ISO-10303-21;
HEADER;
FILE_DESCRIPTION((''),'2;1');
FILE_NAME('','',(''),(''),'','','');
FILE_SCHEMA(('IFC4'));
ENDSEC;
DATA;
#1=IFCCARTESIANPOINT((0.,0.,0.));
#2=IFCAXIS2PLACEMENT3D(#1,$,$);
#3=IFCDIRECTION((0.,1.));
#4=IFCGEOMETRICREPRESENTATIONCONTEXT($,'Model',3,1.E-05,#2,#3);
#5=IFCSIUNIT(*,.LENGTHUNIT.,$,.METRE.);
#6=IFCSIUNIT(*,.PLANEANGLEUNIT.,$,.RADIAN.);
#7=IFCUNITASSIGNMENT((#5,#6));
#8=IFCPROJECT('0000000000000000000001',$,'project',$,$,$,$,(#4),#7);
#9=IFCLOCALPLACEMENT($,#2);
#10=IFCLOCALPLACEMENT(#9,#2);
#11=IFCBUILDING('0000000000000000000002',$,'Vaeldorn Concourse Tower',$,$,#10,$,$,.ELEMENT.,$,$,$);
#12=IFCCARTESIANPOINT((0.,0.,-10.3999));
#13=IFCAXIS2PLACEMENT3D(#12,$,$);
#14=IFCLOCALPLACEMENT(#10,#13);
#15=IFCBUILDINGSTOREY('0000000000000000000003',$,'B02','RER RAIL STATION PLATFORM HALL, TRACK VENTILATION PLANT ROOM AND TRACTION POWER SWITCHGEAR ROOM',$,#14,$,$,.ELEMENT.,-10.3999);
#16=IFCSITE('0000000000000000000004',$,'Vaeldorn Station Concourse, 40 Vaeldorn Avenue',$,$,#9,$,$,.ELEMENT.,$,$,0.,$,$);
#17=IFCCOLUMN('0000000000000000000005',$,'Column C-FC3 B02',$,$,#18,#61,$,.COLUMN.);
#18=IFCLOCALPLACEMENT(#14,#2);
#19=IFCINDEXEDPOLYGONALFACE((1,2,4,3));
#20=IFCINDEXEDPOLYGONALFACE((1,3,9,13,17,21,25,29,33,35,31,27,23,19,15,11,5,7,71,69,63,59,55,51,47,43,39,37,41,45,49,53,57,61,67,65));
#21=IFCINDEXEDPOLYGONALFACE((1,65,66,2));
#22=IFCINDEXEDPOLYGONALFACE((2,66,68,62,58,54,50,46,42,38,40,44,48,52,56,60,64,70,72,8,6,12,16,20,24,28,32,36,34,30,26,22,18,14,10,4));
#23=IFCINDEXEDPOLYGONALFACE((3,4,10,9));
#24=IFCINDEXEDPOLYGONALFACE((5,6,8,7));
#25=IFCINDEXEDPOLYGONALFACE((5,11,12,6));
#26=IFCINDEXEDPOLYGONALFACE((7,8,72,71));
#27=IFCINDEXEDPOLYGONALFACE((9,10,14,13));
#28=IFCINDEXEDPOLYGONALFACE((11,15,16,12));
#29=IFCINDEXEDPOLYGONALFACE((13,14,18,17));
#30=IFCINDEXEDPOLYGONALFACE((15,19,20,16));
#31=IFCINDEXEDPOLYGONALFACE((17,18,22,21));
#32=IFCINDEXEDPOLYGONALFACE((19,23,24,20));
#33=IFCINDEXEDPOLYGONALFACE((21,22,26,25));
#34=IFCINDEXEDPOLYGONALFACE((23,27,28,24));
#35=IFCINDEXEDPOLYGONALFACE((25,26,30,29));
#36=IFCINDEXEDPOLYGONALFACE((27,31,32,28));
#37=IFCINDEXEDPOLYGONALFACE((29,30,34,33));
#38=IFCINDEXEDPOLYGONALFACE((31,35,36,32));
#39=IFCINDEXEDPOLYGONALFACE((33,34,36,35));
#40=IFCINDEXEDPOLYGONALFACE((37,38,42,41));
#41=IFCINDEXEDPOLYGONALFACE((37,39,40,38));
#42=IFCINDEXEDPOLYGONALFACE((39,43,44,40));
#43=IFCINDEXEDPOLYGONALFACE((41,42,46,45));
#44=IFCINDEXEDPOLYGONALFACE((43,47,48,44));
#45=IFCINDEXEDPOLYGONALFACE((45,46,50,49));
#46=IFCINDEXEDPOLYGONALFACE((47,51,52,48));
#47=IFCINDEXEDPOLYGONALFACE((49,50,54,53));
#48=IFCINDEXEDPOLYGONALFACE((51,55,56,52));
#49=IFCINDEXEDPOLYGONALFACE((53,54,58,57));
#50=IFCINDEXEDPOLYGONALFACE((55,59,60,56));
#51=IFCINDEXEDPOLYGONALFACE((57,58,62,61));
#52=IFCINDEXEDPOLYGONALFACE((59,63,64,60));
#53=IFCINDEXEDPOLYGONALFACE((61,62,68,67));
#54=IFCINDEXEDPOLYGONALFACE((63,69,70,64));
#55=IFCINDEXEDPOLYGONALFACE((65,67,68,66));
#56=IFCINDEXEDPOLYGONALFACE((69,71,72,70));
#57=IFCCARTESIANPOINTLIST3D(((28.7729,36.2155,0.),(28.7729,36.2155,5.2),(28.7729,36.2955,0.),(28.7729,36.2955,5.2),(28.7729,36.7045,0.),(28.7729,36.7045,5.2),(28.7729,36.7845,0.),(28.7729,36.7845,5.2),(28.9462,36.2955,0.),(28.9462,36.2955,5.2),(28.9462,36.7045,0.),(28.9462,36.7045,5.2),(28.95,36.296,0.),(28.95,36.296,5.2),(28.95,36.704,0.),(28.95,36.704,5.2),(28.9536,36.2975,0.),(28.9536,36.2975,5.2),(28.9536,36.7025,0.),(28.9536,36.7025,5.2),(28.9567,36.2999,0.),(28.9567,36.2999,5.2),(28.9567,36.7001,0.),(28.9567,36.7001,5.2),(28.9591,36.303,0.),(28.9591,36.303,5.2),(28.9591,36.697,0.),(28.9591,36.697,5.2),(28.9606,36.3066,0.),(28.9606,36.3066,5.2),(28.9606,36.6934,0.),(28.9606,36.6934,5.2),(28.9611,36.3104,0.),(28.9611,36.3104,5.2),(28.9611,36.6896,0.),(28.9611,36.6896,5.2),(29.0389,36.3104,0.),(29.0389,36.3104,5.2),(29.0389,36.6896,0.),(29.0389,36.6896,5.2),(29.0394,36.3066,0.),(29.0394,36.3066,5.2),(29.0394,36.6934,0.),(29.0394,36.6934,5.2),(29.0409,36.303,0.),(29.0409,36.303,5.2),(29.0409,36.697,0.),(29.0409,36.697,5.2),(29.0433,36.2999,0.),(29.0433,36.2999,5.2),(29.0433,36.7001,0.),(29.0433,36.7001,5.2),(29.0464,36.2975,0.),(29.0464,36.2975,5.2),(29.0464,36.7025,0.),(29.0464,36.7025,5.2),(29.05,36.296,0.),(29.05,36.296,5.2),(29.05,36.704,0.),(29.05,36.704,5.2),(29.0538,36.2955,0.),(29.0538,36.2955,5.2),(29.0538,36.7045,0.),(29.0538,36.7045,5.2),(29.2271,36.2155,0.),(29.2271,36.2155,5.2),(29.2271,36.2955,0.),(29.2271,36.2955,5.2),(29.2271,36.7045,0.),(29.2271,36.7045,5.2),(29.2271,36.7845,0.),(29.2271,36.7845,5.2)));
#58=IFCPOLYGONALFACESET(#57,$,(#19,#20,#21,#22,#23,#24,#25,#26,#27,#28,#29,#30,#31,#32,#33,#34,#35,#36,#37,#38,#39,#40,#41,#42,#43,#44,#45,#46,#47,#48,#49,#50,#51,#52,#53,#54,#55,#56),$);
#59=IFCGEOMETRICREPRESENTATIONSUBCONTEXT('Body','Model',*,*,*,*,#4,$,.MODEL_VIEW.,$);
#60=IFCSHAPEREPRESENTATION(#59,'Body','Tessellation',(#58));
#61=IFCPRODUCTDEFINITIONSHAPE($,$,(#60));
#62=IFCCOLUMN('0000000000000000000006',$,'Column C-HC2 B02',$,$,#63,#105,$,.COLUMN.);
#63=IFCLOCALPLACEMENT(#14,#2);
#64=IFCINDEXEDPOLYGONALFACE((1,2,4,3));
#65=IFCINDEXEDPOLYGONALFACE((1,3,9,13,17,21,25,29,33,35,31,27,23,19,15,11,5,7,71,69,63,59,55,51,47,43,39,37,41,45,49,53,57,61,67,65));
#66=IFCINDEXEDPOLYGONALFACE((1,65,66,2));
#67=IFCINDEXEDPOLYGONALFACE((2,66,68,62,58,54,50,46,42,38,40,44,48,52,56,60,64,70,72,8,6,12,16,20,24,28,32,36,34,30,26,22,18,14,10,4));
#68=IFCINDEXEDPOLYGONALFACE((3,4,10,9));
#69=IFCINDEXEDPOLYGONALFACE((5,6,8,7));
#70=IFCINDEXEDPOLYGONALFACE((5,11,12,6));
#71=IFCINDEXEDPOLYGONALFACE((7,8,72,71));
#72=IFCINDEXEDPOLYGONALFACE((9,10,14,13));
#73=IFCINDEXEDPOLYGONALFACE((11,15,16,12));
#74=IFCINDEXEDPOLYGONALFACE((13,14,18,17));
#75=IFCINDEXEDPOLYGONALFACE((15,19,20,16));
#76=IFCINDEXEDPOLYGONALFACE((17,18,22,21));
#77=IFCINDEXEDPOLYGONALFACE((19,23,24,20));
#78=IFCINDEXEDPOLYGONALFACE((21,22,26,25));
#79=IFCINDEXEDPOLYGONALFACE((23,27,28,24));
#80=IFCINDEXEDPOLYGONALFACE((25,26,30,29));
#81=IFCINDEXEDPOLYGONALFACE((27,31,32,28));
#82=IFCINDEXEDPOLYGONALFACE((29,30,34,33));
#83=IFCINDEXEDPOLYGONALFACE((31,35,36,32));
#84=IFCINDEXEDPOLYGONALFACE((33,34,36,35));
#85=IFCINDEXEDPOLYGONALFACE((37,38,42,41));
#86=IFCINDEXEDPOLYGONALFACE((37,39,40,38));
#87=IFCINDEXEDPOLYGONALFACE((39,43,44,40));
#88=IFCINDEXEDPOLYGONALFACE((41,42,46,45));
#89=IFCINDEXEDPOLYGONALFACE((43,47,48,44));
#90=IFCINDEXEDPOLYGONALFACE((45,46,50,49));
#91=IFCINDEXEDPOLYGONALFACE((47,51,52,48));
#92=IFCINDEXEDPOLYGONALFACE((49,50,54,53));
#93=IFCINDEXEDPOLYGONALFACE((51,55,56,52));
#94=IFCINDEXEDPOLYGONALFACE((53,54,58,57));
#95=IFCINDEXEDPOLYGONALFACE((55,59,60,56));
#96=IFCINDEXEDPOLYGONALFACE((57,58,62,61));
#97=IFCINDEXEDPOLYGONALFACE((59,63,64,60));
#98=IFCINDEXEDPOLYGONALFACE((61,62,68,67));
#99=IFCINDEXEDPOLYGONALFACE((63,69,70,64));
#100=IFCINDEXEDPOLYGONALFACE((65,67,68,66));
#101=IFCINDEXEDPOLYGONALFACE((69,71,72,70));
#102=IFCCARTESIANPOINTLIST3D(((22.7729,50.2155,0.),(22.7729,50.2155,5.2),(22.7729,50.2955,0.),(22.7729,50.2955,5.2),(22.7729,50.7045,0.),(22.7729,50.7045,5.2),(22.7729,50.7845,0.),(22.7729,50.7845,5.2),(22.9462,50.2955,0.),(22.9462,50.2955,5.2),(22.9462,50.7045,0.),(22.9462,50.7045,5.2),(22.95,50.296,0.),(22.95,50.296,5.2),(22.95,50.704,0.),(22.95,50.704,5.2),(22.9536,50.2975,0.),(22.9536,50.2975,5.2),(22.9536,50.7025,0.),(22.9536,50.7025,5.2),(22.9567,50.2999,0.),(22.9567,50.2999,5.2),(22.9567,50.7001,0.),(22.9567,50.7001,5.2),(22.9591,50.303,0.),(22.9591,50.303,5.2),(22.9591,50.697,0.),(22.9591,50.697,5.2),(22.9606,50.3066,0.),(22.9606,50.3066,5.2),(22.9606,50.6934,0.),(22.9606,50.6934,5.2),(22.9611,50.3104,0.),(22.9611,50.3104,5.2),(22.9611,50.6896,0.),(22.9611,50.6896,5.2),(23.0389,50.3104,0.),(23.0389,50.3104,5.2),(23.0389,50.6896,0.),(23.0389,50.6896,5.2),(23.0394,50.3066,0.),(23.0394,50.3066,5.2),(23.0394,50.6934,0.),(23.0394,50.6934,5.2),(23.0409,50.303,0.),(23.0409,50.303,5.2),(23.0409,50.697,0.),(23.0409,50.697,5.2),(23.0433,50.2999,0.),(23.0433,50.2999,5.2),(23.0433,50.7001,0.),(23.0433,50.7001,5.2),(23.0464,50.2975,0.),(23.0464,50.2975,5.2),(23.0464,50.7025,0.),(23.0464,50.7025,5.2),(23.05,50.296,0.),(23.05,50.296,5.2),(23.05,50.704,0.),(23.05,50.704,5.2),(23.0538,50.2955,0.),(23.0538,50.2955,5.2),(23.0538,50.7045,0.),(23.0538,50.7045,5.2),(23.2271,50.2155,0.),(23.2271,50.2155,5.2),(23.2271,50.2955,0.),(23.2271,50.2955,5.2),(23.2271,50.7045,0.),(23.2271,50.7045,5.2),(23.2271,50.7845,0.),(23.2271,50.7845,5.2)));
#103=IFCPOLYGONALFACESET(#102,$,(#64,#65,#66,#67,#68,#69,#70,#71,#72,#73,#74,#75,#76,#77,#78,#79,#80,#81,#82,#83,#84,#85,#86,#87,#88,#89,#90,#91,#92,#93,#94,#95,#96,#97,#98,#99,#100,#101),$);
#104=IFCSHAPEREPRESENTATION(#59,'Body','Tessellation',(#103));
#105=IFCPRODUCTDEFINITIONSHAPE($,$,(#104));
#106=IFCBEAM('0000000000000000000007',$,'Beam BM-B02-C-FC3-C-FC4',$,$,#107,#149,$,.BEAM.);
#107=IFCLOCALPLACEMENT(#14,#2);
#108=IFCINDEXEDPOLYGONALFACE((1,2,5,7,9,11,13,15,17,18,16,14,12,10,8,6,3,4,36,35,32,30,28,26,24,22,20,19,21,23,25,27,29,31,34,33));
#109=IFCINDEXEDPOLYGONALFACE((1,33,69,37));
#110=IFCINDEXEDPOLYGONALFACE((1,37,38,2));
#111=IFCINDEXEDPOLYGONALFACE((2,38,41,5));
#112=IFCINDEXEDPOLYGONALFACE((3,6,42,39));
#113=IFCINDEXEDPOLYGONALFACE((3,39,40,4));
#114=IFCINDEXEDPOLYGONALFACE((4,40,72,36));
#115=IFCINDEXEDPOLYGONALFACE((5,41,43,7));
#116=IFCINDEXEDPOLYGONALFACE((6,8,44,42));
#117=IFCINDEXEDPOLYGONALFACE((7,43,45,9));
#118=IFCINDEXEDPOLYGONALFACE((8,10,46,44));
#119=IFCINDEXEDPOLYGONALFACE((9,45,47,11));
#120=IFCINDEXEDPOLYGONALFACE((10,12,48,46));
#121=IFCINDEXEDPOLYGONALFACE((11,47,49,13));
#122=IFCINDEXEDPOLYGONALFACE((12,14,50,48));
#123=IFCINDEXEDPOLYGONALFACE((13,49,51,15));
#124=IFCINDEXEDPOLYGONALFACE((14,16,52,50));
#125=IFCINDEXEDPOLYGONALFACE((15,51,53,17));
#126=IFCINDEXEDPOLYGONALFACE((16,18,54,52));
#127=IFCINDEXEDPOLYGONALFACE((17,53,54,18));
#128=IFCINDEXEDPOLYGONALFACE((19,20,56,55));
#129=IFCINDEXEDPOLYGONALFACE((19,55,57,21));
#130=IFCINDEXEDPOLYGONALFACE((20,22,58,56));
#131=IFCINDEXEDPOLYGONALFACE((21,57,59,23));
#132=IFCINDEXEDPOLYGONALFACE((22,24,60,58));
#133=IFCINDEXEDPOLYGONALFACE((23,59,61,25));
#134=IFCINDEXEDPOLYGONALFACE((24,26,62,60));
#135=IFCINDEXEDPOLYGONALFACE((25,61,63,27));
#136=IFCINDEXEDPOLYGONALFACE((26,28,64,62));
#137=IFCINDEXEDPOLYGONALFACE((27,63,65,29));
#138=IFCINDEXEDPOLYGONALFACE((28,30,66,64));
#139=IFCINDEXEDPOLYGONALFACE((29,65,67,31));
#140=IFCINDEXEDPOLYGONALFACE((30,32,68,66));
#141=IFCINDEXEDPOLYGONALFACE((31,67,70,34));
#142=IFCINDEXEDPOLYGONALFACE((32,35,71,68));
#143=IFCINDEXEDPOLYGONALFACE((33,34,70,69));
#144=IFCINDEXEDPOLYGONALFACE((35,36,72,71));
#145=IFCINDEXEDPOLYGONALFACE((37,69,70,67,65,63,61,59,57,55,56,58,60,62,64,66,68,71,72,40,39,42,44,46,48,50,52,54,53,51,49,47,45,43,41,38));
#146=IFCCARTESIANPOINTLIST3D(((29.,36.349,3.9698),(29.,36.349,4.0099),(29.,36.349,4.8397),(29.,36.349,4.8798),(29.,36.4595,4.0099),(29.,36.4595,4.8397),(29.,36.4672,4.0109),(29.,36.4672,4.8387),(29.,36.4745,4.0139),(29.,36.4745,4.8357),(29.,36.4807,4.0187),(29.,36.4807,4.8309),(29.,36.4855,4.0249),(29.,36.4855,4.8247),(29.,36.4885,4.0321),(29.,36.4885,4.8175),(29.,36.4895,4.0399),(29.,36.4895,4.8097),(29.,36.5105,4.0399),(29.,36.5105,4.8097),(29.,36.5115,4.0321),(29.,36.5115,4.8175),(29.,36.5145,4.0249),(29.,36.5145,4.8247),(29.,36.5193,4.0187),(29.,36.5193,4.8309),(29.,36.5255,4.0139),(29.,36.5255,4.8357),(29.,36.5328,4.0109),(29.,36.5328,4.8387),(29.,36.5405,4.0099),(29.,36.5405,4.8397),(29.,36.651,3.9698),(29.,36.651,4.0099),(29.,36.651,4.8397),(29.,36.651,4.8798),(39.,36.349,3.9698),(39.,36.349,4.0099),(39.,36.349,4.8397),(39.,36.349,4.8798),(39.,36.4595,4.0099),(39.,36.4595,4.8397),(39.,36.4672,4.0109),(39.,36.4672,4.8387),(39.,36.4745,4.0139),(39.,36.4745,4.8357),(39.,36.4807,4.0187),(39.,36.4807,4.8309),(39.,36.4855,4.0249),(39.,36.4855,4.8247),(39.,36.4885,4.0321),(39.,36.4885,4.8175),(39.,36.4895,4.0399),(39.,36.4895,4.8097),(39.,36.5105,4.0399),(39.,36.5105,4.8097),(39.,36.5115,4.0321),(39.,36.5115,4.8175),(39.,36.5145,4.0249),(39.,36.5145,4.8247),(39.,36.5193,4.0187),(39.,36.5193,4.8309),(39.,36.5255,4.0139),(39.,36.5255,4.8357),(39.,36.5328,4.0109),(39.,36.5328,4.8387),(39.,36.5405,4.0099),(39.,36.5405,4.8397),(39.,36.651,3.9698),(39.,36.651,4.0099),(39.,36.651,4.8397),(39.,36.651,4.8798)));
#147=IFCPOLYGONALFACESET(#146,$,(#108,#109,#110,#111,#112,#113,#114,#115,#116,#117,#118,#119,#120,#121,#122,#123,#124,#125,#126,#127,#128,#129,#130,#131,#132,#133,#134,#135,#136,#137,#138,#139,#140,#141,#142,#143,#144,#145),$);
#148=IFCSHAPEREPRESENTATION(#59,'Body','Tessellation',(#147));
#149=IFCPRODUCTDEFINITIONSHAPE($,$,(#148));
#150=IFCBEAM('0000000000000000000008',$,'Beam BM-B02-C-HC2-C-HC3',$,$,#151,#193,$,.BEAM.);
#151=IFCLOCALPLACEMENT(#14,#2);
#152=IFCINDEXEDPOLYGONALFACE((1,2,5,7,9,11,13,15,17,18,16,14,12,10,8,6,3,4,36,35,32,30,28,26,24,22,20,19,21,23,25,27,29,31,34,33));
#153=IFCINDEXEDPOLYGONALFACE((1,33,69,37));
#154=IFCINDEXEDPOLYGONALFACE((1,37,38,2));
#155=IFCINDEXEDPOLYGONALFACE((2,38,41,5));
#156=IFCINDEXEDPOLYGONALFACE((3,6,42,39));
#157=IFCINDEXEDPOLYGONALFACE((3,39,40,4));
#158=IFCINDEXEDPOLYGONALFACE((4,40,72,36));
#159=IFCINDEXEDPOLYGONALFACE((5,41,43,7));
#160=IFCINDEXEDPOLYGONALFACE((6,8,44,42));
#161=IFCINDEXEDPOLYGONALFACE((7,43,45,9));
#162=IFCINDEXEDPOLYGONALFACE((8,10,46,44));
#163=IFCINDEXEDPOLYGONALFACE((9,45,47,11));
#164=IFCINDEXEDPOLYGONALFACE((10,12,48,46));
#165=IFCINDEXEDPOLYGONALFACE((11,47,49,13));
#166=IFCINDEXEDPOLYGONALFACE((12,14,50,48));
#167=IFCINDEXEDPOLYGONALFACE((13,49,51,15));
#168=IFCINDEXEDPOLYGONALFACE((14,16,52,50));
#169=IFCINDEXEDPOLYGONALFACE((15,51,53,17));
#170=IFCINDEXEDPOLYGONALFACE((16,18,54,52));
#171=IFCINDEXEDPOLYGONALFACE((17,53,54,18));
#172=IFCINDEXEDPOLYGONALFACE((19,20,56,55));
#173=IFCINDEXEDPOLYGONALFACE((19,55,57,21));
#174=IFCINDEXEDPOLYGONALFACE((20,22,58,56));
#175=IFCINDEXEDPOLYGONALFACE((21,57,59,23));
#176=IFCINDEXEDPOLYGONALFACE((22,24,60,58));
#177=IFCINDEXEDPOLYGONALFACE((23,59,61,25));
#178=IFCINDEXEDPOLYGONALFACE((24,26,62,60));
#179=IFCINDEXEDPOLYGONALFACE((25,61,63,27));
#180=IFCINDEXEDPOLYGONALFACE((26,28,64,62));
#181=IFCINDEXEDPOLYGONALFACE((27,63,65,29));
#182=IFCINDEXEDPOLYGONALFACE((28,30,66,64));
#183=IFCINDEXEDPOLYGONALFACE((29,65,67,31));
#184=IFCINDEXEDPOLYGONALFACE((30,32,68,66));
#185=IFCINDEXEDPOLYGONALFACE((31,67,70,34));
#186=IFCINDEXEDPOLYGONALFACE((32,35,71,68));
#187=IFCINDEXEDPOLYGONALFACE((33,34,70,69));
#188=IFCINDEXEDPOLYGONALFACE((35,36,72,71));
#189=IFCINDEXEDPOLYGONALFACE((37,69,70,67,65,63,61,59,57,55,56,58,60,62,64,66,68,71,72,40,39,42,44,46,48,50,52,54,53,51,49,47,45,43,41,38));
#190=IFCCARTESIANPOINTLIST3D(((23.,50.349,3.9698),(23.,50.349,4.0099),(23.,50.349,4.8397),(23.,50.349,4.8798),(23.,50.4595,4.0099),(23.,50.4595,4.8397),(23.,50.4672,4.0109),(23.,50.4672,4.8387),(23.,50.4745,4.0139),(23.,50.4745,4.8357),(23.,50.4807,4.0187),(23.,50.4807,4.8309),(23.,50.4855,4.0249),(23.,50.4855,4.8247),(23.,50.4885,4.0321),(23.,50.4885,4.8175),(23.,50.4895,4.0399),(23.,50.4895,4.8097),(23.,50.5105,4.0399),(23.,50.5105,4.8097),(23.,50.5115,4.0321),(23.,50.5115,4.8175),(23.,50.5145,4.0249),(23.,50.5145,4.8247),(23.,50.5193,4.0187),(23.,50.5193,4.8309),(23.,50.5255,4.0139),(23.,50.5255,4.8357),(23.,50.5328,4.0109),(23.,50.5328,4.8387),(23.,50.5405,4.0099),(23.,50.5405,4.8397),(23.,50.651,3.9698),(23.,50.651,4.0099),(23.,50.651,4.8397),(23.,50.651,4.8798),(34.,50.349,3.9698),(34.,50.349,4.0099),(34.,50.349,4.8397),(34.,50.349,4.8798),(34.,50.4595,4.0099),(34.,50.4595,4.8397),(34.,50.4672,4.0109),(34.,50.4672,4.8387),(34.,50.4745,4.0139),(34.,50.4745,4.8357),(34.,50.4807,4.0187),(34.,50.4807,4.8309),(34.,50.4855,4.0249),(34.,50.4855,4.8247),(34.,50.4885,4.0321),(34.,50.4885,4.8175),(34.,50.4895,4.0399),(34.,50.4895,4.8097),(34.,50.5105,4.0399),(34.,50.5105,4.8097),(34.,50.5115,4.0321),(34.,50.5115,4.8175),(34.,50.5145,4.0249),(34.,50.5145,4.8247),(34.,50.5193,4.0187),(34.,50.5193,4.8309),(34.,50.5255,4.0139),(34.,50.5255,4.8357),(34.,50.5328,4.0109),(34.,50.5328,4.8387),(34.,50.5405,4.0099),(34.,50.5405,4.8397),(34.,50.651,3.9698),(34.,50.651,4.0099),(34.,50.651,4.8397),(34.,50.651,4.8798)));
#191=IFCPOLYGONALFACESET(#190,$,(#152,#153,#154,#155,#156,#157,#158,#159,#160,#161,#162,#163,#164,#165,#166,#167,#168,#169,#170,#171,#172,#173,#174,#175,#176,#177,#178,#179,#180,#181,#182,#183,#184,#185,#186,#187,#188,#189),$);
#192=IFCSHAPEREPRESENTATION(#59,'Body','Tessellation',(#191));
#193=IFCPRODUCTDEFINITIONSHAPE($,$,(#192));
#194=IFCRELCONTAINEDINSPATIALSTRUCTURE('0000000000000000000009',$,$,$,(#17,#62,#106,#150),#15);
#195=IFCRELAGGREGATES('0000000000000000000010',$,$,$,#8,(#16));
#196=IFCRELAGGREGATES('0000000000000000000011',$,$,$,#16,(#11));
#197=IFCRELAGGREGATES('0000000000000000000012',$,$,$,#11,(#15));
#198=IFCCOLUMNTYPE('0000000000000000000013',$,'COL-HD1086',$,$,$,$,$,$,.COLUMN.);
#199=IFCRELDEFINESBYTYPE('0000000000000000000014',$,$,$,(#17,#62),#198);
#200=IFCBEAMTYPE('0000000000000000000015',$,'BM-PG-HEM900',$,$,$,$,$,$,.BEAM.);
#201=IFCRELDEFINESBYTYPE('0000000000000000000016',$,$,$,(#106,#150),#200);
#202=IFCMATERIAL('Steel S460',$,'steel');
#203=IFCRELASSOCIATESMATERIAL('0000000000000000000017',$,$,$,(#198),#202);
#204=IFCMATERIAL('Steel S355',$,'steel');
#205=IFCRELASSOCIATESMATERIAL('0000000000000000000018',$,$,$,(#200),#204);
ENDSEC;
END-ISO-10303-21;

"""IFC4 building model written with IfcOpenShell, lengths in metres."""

from ifc_helpers import new_model, si_unit, direction, frame, origin, origin_2d, place, context, subcontext, project, spatial, i_section, extrude, source, transform, mapped, material, material_profile, profile_set, type_object, element, save


model = new_model("IFC4")

# Units and contexts
model_context = context("Model", 3, precision=1e-05, world=origin(), true_north=direction((0.0, 1.0)))
body_context = subcontext(model_context, "Body", "Model", "MODEL_VIEW")
ifc_project = project(units=[si_unit("LENGTHUNIT", "METRE"), si_unit("PLANEANGLEUNIT", "RADIAN")], contexts=[model_context])

# Site, building, storey
site_placement = place(None, origin())
site = spatial("IfcSite", under=ifc_project, at=site_placement, Name="Vaeldorn Station Concourse, 40 Vaeldorn Avenue", CompositionType="ELEMENT", RefElevation=0.0)
building_placement = place(site_placement, origin())
building = spatial("IfcBuilding", under=site, at=building_placement, Name="Vaeldorn Concourse Tower", CompositionType="ELEMENT")
storey_placement = place(building_placement, frame((0.0, 0.0, -10.3999)))
storey = spatial("IfcBuildingStorey", under=building, at=storey_placement, Name="B02", Description="RER RAIL STATION PLATFORM HALL, TRACK VENTILATION PLANT ROOM AND TRACTION POWER SWITCHGEAR ROOM", CompositionType="ELEMENT", Elevation=-10.3999)

# Columns
ifc_material_1 = material(Name="Steel S460", Category="steel")
ifc_material_profile_1 = material_profile(ifc_material_1, i_section(OverallWidth=0.4541, OverallDepth=0.5691, WebThickness=0.0779, FlangeThickness=0.0801, FilletRadius=0.0149, at=origin_2d()), Name="HD 400x1086")
ifc_profile_set_1 = profile_set([ifc_material_profile_1], Name="Steel S460")
column_type = type_object("IfcColumnType", Name="COL-HD1086", PredefinedType="COLUMN", material=ifc_profile_set_1)
shared_shape_1 = source(origin(), body_context, "Body", "SweptSolid", [
    extrude(i_section(OverallWidth=0.4541, OverallDepth=0.5691, WebThickness=0.0779, FlangeThickness=0.0801, FilletRadius=0.0149, at=origin_2d()), origin(), (0.0, 0.0, 1.0), 5.2),
])
for number, where, z_axis, x_axis, name in (
    (1, (29.0, 36.5, 0.0), (0.0, 0.0, 1.0), (1.0, 0.0, 0.0), "Column C-FC3 B02"),
    (2, (23.0, 50.5, 0.0), (0.0, 0.0, 1.0), (1.0, 0.0, 0.0), "Column C-HC2 B02"),
):
    element("IfcColumn", number, at=place(storey_placement, frame(where, z_axis=z_axis, x_axis=x_axis)), inside=storey, type_object=column_type, Name=name, PredefinedType="COLUMN", context=body_context, shape_type="MappedRepresentation", body=[
        mapped(shared_shape_1, transform((0.0, 0.0, 0.0), scale=1.0)),
    ])

# Beams
ifc_material_2 = material(Name="Steel S355", Category="steel")
ifc_material_profile_2 = material_profile(ifc_material_2, i_section(OverallWidth=0.302, OverallDepth=0.9099, WebThickness=0.021, FlangeThickness=0.04, FilletRadius=0.03, at=origin_2d()), Name="HEM 900")
ifc_profile_set_2 = profile_set([ifc_material_profile_2], Name="Steel S355")
beam_type = type_object("IfcBeamType", Name="BM-PG-HEM900", PredefinedType="BEAM", material=ifc_profile_set_2)
shared_shape_2 = source(origin(), body_context, "Body", "SweptSolid", [
    extrude(i_section(OverallWidth=0.302, OverallDepth=0.9099, WebThickness=0.021, FlangeThickness=0.04, FilletRadius=0.03, at=origin_2d()), origin(), (0.0, 0.0, 1.0), 10.0),
])
beam_1_placement = place(storey_placement, frame((29.0, 36.5, 4.4248), z_axis=(1.0, 0.0, 0.0), x_axis=(0.0, 1.0, 0.0)))
element("IfcBeam", 3, at=beam_1_placement, inside=storey, type_object=beam_type, Name="Beam BM-B02-C-FC3-C-FC4", PredefinedType="BEAM", context=body_context, shape_type="MappedRepresentation", body=[
    mapped(shared_shape_2, transform((0.0, 0.0, 0.0), scale=1.0)),
])
shared_shape_3 = source(origin(), body_context, "Body", "SweptSolid", [
    extrude(i_section(OverallWidth=0.302, OverallDepth=0.9099, WebThickness=0.021, FlangeThickness=0.04, FilletRadius=0.03, at=origin_2d()), origin(), (0.0, 0.0, 1.0), 11.0),
])
beam_2_placement = place(storey_placement, frame((23.0, 50.5, 4.4248), z_axis=(1.0, 0.0, 0.0), x_axis=(0.0, 1.0, 0.0)))
element("IfcBeam", 4, at=beam_2_placement, inside=storey, type_object=beam_type, Name="Beam BM-B02-C-HC2-C-HC3", PredefinedType="BEAM", context=body_context, shape_type="MappedRepresentation", body=[
    mapped(shared_shape_3, transform((0.0, 0.0, 0.0), scale=1.0)),
])

save(model, "model.ifc")
